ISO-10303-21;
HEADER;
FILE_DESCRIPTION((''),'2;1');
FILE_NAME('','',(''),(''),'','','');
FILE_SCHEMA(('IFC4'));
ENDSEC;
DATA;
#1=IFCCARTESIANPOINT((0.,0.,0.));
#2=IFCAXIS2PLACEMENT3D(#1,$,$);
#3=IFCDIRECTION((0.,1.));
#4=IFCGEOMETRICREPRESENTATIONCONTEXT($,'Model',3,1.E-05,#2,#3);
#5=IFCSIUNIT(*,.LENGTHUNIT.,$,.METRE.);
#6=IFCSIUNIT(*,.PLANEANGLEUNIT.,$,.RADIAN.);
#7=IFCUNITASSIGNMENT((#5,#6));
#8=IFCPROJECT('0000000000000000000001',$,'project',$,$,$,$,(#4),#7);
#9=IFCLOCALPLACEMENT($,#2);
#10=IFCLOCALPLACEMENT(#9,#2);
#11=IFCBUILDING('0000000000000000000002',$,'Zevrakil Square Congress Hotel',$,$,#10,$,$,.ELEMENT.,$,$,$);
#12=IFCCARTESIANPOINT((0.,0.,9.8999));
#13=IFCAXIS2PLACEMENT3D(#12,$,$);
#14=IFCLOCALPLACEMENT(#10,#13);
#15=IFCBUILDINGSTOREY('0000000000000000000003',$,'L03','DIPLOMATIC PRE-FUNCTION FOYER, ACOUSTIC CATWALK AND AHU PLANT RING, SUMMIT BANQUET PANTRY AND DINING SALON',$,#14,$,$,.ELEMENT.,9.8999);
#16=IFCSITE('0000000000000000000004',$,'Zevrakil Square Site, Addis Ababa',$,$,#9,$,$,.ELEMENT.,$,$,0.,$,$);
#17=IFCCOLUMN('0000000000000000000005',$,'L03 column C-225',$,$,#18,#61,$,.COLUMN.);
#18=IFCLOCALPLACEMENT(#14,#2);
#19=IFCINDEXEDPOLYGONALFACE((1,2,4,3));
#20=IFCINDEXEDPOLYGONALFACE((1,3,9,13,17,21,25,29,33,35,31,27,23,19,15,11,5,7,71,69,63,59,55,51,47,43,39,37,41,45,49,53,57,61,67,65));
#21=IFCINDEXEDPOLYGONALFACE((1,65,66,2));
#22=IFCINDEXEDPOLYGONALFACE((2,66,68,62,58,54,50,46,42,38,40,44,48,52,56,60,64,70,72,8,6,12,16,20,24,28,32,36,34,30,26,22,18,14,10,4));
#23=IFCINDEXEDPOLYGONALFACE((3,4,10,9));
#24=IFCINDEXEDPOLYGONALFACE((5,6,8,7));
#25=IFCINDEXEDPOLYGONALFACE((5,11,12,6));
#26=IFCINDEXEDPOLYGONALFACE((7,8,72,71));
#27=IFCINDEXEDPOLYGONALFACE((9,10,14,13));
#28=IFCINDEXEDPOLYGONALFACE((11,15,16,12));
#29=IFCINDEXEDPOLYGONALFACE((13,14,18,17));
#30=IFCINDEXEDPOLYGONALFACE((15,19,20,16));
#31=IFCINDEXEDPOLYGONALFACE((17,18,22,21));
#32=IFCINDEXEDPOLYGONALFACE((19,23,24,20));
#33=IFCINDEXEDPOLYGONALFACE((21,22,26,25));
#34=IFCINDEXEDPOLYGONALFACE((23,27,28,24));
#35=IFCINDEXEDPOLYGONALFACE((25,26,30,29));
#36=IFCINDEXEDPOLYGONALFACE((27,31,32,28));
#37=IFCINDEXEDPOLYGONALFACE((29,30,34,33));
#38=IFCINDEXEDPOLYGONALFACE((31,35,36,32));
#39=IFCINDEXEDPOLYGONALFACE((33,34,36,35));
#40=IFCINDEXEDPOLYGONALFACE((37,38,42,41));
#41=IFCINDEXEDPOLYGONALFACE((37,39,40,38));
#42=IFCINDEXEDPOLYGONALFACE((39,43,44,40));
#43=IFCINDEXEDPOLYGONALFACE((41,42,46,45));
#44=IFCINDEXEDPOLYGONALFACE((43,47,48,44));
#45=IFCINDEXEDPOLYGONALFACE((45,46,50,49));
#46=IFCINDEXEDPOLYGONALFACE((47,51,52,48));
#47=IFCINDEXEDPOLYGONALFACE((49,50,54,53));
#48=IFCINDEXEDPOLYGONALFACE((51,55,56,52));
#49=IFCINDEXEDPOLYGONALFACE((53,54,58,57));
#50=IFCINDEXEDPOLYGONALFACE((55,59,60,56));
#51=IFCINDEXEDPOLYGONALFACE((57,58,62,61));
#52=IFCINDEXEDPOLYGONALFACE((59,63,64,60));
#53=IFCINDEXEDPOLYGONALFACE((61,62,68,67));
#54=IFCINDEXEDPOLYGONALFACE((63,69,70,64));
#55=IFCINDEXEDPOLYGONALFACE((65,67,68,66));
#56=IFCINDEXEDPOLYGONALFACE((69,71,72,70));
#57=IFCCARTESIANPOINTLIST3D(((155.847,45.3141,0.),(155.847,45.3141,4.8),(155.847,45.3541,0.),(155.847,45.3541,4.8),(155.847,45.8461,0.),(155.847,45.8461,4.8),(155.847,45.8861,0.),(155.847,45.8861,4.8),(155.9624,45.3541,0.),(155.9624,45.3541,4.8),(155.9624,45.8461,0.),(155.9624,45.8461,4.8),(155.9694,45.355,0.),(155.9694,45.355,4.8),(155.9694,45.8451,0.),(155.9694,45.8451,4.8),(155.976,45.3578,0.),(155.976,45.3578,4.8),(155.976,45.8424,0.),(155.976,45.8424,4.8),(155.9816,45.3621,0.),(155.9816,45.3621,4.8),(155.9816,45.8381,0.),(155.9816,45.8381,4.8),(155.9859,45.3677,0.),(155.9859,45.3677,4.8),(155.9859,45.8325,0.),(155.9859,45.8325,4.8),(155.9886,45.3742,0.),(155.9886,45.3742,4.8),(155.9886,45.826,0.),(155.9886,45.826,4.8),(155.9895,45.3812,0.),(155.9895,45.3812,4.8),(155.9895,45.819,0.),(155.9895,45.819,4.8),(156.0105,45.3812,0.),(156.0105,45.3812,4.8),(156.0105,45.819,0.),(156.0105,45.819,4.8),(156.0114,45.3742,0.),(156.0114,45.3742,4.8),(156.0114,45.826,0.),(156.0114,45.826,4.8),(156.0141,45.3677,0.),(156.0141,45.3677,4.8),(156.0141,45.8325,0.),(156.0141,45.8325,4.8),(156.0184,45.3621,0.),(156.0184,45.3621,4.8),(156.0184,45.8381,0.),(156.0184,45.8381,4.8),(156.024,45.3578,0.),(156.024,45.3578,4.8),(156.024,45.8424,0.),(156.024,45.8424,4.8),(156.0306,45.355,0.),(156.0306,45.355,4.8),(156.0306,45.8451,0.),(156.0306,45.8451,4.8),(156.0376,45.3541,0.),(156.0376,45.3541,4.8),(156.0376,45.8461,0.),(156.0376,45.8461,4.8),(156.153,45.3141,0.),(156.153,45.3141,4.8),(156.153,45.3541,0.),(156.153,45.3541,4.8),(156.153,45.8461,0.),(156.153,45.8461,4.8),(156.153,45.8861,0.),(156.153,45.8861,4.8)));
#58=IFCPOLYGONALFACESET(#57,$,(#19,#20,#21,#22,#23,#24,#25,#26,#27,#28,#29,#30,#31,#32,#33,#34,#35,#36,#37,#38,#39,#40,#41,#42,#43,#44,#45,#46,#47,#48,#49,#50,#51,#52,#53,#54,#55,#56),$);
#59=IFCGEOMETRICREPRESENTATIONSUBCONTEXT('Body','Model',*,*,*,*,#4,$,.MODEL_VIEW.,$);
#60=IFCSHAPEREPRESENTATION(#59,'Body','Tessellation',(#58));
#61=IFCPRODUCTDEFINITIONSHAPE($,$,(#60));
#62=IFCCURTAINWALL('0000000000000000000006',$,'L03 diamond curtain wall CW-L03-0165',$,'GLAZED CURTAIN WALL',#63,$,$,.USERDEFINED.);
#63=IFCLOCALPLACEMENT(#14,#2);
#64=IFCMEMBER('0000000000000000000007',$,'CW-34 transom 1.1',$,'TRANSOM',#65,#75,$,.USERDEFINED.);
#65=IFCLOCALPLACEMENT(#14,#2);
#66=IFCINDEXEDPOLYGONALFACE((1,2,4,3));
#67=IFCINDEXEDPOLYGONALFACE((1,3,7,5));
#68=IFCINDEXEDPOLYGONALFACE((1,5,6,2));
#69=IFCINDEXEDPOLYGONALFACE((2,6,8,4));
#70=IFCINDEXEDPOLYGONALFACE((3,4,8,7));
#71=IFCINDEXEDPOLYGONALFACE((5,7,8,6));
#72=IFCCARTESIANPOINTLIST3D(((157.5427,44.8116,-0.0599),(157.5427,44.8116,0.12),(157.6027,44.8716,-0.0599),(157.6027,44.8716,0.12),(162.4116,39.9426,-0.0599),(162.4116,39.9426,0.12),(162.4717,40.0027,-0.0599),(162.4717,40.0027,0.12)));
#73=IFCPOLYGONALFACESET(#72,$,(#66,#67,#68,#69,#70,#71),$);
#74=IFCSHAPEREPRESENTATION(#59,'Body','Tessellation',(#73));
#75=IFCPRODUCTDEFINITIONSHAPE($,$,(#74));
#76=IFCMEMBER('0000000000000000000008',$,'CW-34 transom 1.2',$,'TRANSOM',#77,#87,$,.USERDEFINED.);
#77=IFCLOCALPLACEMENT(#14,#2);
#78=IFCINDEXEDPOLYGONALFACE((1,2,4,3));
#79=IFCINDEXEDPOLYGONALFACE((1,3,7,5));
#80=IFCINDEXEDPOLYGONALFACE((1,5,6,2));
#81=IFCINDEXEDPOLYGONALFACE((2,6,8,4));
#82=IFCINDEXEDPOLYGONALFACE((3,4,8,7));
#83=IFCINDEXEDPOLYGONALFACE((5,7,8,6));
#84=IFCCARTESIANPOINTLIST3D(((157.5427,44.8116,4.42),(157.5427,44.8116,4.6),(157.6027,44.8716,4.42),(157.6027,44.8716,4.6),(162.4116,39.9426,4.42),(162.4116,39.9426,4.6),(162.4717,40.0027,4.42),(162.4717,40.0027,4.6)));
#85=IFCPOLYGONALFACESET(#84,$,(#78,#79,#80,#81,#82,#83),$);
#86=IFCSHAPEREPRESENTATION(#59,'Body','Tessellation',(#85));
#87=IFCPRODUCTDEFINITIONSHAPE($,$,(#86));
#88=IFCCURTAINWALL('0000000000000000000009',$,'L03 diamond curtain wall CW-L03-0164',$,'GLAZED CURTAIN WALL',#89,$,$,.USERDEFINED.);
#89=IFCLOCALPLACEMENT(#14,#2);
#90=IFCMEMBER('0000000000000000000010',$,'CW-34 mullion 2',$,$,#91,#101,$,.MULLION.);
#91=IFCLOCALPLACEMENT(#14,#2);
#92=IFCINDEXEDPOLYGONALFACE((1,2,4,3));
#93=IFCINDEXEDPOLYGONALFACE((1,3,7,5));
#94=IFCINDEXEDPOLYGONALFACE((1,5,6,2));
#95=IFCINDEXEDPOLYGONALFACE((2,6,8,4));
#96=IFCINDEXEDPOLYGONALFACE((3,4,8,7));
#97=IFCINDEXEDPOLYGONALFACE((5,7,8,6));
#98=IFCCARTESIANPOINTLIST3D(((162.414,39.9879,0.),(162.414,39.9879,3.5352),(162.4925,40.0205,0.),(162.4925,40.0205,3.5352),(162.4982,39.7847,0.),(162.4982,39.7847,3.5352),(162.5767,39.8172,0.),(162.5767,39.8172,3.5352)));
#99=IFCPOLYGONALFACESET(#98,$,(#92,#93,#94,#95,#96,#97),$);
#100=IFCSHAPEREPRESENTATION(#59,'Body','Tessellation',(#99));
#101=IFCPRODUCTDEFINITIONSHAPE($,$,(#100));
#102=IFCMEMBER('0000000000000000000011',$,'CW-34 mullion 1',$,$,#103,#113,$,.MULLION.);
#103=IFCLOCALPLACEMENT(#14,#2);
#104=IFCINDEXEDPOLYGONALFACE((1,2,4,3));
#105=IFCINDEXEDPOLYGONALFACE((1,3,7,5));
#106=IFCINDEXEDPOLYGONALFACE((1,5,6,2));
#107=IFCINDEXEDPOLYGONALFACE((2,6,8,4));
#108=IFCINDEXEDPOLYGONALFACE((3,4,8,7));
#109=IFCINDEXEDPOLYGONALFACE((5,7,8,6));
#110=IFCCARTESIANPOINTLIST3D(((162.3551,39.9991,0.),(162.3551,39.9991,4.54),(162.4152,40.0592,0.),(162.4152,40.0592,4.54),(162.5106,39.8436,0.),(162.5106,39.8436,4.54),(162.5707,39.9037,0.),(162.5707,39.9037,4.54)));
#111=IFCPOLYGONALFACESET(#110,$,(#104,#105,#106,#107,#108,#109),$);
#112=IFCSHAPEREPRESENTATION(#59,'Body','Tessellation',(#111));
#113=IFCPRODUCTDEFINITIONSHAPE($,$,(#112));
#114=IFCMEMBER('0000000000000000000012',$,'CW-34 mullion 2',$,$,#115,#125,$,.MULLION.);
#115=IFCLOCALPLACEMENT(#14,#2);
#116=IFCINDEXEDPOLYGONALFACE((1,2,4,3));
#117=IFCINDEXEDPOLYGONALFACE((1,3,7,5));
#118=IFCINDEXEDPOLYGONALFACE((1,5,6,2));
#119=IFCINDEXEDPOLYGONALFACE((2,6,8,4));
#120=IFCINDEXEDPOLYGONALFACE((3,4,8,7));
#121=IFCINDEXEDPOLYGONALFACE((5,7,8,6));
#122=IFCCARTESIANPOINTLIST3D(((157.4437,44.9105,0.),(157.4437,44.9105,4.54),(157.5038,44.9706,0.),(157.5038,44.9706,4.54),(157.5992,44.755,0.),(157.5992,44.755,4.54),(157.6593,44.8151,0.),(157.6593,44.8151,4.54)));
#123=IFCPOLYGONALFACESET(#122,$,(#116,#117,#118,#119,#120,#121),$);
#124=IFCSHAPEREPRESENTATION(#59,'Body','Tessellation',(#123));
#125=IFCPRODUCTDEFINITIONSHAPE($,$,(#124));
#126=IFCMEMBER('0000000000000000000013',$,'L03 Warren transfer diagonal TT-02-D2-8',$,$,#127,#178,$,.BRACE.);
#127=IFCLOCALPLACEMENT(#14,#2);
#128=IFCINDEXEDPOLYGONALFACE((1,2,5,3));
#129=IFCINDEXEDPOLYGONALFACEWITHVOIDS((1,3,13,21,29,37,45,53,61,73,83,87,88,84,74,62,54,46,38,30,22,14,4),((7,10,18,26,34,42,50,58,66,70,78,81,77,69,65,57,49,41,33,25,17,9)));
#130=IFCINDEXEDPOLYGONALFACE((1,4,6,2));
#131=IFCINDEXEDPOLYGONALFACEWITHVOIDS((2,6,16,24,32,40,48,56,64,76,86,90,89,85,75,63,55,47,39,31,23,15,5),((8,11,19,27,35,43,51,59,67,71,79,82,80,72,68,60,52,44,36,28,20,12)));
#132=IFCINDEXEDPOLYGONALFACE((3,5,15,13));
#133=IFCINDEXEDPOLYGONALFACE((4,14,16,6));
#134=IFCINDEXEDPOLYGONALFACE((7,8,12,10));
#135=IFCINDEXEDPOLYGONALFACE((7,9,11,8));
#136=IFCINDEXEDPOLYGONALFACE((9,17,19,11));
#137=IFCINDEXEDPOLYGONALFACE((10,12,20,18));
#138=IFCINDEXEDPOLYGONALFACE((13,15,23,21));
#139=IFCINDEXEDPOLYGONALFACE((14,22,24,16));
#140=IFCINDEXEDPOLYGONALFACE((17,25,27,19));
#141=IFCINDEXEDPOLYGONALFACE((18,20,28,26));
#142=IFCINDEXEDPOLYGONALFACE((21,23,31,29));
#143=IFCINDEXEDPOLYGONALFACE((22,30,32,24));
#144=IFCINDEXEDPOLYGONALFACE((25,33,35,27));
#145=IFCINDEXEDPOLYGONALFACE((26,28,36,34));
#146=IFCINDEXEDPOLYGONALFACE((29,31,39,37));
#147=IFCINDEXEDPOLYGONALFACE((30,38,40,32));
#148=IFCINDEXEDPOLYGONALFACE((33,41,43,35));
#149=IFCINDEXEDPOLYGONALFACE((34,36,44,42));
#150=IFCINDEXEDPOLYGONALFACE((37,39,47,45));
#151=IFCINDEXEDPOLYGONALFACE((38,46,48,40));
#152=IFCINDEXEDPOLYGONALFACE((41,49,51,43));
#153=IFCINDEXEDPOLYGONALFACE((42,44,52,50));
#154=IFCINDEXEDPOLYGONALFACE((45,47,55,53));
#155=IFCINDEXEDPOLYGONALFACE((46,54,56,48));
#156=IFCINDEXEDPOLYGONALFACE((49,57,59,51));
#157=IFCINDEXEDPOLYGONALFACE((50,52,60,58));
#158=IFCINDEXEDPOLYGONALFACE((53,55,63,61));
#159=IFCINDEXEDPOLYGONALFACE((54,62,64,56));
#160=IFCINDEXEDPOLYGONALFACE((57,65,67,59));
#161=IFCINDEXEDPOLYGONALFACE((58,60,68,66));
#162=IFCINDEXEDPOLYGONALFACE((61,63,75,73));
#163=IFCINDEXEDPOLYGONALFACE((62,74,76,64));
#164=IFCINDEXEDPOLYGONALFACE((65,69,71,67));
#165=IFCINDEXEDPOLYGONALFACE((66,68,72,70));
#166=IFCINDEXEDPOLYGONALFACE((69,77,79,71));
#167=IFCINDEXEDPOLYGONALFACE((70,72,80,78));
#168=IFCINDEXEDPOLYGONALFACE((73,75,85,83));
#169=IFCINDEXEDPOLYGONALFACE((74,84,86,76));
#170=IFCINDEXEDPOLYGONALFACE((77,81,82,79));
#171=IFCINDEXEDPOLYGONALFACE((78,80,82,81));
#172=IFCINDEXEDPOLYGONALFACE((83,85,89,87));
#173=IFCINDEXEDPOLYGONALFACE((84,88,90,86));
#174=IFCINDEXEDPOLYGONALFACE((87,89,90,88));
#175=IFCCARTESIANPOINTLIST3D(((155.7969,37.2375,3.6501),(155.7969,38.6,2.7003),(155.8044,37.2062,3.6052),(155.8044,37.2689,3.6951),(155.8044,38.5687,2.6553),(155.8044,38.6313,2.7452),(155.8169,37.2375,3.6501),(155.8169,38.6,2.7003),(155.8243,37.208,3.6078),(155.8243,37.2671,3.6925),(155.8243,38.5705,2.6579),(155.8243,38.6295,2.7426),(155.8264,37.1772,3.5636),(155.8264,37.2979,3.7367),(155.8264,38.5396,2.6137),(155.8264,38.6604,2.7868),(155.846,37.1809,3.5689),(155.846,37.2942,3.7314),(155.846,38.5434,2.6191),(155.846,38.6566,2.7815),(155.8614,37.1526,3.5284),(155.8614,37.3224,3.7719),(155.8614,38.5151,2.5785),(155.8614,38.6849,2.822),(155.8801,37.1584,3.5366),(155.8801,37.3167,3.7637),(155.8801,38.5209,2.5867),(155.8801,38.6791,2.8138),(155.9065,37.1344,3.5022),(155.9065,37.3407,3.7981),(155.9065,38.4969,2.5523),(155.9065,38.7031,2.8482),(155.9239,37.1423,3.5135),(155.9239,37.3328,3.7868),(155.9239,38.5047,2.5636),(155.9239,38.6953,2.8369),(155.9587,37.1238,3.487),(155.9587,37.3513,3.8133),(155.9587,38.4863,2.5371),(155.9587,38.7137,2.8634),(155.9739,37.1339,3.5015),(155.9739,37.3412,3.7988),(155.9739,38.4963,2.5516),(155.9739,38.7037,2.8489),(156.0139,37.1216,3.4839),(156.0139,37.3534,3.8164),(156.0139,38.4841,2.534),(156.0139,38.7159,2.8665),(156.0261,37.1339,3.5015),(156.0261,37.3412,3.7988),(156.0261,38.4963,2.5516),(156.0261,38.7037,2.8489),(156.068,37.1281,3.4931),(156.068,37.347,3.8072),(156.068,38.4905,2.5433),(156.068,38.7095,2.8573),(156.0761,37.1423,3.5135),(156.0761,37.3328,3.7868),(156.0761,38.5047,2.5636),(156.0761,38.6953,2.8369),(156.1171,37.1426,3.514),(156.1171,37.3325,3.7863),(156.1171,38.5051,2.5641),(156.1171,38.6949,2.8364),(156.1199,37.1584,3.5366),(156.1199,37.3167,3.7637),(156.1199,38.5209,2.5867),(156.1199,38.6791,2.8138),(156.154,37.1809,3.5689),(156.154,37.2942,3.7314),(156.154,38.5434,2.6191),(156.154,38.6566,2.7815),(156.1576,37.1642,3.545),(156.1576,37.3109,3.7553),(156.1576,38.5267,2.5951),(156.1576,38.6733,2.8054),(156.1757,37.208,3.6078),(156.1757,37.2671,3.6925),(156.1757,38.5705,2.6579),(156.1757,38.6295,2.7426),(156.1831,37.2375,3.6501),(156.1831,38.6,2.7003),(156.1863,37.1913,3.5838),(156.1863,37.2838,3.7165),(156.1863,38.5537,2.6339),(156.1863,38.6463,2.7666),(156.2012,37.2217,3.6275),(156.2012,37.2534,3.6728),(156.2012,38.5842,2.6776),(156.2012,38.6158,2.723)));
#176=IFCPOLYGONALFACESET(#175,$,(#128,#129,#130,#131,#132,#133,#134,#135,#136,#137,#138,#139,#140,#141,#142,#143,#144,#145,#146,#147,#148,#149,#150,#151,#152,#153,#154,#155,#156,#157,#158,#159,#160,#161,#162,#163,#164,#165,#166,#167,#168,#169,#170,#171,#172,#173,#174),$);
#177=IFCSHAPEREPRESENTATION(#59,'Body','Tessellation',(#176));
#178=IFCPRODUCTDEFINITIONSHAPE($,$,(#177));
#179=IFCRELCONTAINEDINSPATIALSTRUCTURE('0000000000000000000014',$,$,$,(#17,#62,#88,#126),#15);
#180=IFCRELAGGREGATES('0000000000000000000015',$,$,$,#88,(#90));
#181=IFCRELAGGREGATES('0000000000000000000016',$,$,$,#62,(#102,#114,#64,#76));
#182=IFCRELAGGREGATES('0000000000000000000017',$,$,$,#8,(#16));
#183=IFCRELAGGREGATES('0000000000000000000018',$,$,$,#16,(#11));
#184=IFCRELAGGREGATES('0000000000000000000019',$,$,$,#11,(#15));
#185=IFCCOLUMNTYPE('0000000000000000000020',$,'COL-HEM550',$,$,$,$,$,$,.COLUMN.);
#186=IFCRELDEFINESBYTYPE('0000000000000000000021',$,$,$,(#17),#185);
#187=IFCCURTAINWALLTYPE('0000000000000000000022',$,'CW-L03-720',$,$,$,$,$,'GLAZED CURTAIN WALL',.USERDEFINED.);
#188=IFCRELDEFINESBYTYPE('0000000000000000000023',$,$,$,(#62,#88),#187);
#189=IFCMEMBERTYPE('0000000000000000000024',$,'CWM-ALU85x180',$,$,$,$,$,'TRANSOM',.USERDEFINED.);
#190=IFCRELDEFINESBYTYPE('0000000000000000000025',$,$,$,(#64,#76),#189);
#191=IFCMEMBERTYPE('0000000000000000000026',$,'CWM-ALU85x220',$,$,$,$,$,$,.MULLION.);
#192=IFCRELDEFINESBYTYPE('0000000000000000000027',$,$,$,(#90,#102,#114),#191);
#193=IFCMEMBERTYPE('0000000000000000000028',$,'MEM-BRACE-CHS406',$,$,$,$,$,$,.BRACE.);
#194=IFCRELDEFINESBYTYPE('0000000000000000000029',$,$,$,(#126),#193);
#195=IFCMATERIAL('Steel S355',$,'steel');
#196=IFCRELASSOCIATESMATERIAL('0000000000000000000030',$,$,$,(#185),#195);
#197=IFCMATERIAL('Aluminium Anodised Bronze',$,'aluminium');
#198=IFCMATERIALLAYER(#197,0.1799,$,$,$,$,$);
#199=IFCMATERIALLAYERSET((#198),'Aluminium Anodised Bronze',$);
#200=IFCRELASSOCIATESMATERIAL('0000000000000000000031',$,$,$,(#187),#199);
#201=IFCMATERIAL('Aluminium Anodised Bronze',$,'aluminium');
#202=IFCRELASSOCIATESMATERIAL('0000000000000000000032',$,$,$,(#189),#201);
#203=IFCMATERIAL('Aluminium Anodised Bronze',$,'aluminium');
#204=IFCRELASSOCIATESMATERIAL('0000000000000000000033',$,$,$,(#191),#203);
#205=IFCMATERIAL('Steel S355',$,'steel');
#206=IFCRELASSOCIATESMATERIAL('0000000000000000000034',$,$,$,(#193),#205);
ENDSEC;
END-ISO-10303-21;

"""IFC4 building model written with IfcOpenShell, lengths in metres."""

from ifc_helpers import new_model, si_unit, direction, frame, origin, origin_2d, place, context, subcontext, project, spatial, rectangle, hollow_circle, i_section, extrude, material, layer, layer_set, material_profile, profile_set, type_object, element, aggregate, save


model = new_model("IFC4")

# Units and contexts
model_context = context("Model", 3, precision=1e-05, world=origin(), true_north=direction((0.0, 1.0)))
body_context = subcontext(model_context, "Body", "Model", "MODEL_VIEW")
ifc_project = project(units=[si_unit("LENGTHUNIT", "METRE"), si_unit("PLANEANGLEUNIT", "RADIAN")], contexts=[model_context])

# Site, building, storey
site_placement = place(None, origin())
site = spatial("IfcSite", under=ifc_project, at=site_placement, Name="Zevrakil Square Site, Addis Ababa", CompositionType="ELEMENT", RefElevation=0.0)
building_placement = place(site_placement, origin())
building = spatial("IfcBuilding", under=site, at=building_placement, Name="Zevrakil Square Congress Hotel", CompositionType="ELEMENT")
storey_placement = place(building_placement, frame((0.0, 0.0, 9.8999)))
storey = spatial("IfcBuildingStorey", under=building, at=storey_placement, Name="L03", Description="DIPLOMATIC PRE-FUNCTION FOYER, ACOUSTIC CATWALK AND AHU PLANT RING, SUMMIT BANQUET PANTRY AND DINING SALON", CompositionType="ELEMENT", Elevation=9.8999)

# Column
ifc_material_1 = material(Name="Steel S355", Category="steel")
ifc_material_profile_1 = material_profile(ifc_material_1, i_section(OverallWidth=0.3059, OverallDepth=0.572, WebThickness=0.021, FlangeThickness=0.04, FilletRadius=0.0271, at=origin_2d()), Name="HEM 550")
ifc_profile_set_1 = profile_set([ifc_material_profile_1], Name="Steel S355")
column_type = type_object("IfcColumnType", Name="COL-HEM550", PredefinedType="COLUMN", material=ifc_profile_set_1)
column_placement = place(storey_placement, frame((156.0, 45.6001, 0.0), z_axis=(0.0, 0.0, 1.0), x_axis=(1.0, 0.0, 0.0)))
element("IfcColumn", 1, at=column_placement, inside=storey, type_object=column_type, Name="L03 column C-225", PredefinedType="COLUMN", context=body_context, shape_type="SweptSolid", body=[
    extrude(i_section(OverallWidth=0.3059, OverallDepth=0.572, WebThickness=0.021, FlangeThickness=0.04, FilletRadius=0.0271, at=origin_2d()), origin(), (0.0, 0.0, 1.0), 4.8),
])

# Curtain wall, members
ifc_material_2 = material(Name="Aluminium Anodised Bronze", Category="aluminium")
ifc_layer_1 = layer(ifc_material_2, 0.1799)
ifc_layer_set_1 = layer_set([ifc_layer_1], Name="Aluminium Anodised Bronze")
curtain_wall_type = type_object("IfcCurtainWallType", Name="CW-L03-720", ElementType="GLAZED CURTAIN WALL", PredefinedType="USERDEFINED", material=ifc_layer_set_1)
curtain_wall_1_placement = place(storey_placement, origin())
curtain_wall_1 = element("IfcCurtainWall", 2, at=curtain_wall_1_placement, inside=storey, type_object=curtain_wall_type, Name="L03 diamond curtain wall CW-L03-0165", ObjectType="GLAZED CURTAIN WALL", PredefinedType="USERDEFINED")
ifc_material_3 = material(Name="Aluminium Anodised Bronze", Category="aluminium")
ifc_material_profile_2 = material_profile(ifc_material_3, rectangle(XDim=0.085, YDim=0.1799, at=origin_2d()), Name="ALU 85x180")
ifc_profile_set_2 = profile_set([ifc_material_profile_2], Name="Aluminium Anodised Bronze")
member_type_1 = type_object("IfcMemberType", Name="CWM-ALU85x180", ElementType="TRANSOM", PredefinedType="USERDEFINED", material=ifc_profile_set_2)
member_1_placement = place(storey_placement, frame((162.4417, 39.9727, 0.03), z_axis=(-0.707107, 0.707107, 0.0), x_axis=(-0.707107, -0.707107, 0.0)))
member_1 = element("IfcMember", 3, at=member_1_placement, type_object=member_type_1, Name="CW-34 transom 1.1", ObjectType="TRANSOM", PredefinedType="USERDEFINED", context=body_context, shape_type="SweptSolid", body=[
    extrude(rectangle(XDim=0.085, YDim=0.1799, at=origin_2d()), origin(), (0.0, 0.0, 1.0), 6.8857),
])
member_2_placement = place(storey_placement, frame((162.4417, 39.9727, 4.51), z_axis=(-0.707107, 0.707107, 0.0), x_axis=(-0.707107, -0.707107, 0.0)))
member_2 = element("IfcMember", 4, at=member_2_placement, type_object=member_type_1, Name="CW-34 transom 1.2", ObjectType="TRANSOM", PredefinedType="USERDEFINED", context=body_context, shape_type="SweptSolid", body=[
    extrude(rectangle(XDim=0.085, YDim=0.1799, at=origin_2d()), origin(), (0.0, 0.0, 1.0), 6.8857),
])

# Curtain wall, member
curtain_wall_2_placement = place(storey_placement, origin())
curtain_wall_2 = element("IfcCurtainWall", 5, at=curtain_wall_2_placement, inside=storey, type_object=curtain_wall_type, Name="L03 diamond curtain wall CW-L03-0164", ObjectType="GLAZED CURTAIN WALL", PredefinedType="USERDEFINED")
ifc_material_4 = material(Name="Aluminium Anodised Bronze", Category="aluminium")
ifc_material_profile_3 = material_profile(ifc_material_4, rectangle(XDim=0.085, YDim=0.22, at=origin_2d()), Name="ALU 85x220")
ifc_profile_set_3 = profile_set([ifc_material_profile_3], Name="Aluminium Anodised Bronze")
member_type_2 = type_object("IfcMemberType", Name="CWM-ALU85x220", PredefinedType="MULLION", material=ifc_profile_set_3)
member_3_placement = place(storey_placement, frame((162.4954, 39.9026, 0.0), z_axis=(0.0, 0.0, 1.0), x_axis=(-0.923879, -0.382684, 0.0)))
member_3 = element("IfcMember", 6, at=member_3_placement, type_object=member_type_2, Name="CW-34 mullion 2", PredefinedType="MULLION", context=body_context, shape_type="SweptSolid", body=[
    extrude(rectangle(XDim=0.085, YDim=0.22, at=origin_2d()), origin(), (0.0, 0.0, 1.0), 3.5352),
])

# Members
member_4_placement = place(storey_placement, frame((162.4629, 39.9514, 0.0), z_axis=(0.0, 0.0, 1.0), x_axis=(-0.707107, -0.707107, 0.0)))
member_4 = element("IfcMember", 7, at=member_4_placement, type_object=member_type_2, Name="CW-34 mullion 1", PredefinedType="MULLION", context=body_context, shape_type="SweptSolid", body=[
    extrude(rectangle(XDim=0.085, YDim=0.22, at=origin_2d()), origin(), (0.0, 0.0, 1.0), 4.54),
])
member_5_placement = place(storey_placement, frame((157.5515, 44.8628, 0.0), z_axis=(0.0, 0.0, 1.0), x_axis=(-0.707107, -0.707107, 0.0)))
member_5 = element("IfcMember", 8, at=member_5_placement, type_object=member_type_2, Name="CW-34 mullion 2", PredefinedType="MULLION", context=body_context, shape_type="SweptSolid", body=[
    extrude(rectangle(XDim=0.085, YDim=0.22, at=origin_2d()), origin(), (0.0, 0.0, 1.0), 4.54),
])

# Member
ifc_material_5 = material(Name="Steel S355", Category="steel")
ifc_material_profile_4 = material_profile(ifc_material_5, hollow_circle(Radius=0.2031, WallThickness=0.02, at=origin_2d()), Name="CHS 406.4x20")
ifc_profile_set_4 = profile_set([ifc_material_profile_4], Name="Steel S355")
member_type_3 = type_object("IfcMemberType", Name="MEM-BRACE-CHS406", PredefinedType="BRACE", material=ifc_profile_set_4)
member_6_placement = place(storey_placement, frame((156.0, 37.2375, 3.6501), z_axis=(0.0, 0.820315, -0.571913), x_axis=(-1.0, 0.0, 0.0)))
element("IfcMember", 9, at=member_6_placement, inside=storey, type_object=member_type_3, Name="L03 Warren transfer diagonal TT-02-D2-8", PredefinedType="BRACE", context=body_context, shape_type="SweptSolid", body=[
    extrude(hollow_circle(Radius=0.2031, WallThickness=0.02, at=origin_2d()), origin(), (0.0, 0.0, 1.0), 1.6609),
])

aggregate(curtain_wall_2, [member_3])
aggregate(curtain_wall_1, [member_4, member_5, member_1, member_2])

save(model, "model.ifc")
